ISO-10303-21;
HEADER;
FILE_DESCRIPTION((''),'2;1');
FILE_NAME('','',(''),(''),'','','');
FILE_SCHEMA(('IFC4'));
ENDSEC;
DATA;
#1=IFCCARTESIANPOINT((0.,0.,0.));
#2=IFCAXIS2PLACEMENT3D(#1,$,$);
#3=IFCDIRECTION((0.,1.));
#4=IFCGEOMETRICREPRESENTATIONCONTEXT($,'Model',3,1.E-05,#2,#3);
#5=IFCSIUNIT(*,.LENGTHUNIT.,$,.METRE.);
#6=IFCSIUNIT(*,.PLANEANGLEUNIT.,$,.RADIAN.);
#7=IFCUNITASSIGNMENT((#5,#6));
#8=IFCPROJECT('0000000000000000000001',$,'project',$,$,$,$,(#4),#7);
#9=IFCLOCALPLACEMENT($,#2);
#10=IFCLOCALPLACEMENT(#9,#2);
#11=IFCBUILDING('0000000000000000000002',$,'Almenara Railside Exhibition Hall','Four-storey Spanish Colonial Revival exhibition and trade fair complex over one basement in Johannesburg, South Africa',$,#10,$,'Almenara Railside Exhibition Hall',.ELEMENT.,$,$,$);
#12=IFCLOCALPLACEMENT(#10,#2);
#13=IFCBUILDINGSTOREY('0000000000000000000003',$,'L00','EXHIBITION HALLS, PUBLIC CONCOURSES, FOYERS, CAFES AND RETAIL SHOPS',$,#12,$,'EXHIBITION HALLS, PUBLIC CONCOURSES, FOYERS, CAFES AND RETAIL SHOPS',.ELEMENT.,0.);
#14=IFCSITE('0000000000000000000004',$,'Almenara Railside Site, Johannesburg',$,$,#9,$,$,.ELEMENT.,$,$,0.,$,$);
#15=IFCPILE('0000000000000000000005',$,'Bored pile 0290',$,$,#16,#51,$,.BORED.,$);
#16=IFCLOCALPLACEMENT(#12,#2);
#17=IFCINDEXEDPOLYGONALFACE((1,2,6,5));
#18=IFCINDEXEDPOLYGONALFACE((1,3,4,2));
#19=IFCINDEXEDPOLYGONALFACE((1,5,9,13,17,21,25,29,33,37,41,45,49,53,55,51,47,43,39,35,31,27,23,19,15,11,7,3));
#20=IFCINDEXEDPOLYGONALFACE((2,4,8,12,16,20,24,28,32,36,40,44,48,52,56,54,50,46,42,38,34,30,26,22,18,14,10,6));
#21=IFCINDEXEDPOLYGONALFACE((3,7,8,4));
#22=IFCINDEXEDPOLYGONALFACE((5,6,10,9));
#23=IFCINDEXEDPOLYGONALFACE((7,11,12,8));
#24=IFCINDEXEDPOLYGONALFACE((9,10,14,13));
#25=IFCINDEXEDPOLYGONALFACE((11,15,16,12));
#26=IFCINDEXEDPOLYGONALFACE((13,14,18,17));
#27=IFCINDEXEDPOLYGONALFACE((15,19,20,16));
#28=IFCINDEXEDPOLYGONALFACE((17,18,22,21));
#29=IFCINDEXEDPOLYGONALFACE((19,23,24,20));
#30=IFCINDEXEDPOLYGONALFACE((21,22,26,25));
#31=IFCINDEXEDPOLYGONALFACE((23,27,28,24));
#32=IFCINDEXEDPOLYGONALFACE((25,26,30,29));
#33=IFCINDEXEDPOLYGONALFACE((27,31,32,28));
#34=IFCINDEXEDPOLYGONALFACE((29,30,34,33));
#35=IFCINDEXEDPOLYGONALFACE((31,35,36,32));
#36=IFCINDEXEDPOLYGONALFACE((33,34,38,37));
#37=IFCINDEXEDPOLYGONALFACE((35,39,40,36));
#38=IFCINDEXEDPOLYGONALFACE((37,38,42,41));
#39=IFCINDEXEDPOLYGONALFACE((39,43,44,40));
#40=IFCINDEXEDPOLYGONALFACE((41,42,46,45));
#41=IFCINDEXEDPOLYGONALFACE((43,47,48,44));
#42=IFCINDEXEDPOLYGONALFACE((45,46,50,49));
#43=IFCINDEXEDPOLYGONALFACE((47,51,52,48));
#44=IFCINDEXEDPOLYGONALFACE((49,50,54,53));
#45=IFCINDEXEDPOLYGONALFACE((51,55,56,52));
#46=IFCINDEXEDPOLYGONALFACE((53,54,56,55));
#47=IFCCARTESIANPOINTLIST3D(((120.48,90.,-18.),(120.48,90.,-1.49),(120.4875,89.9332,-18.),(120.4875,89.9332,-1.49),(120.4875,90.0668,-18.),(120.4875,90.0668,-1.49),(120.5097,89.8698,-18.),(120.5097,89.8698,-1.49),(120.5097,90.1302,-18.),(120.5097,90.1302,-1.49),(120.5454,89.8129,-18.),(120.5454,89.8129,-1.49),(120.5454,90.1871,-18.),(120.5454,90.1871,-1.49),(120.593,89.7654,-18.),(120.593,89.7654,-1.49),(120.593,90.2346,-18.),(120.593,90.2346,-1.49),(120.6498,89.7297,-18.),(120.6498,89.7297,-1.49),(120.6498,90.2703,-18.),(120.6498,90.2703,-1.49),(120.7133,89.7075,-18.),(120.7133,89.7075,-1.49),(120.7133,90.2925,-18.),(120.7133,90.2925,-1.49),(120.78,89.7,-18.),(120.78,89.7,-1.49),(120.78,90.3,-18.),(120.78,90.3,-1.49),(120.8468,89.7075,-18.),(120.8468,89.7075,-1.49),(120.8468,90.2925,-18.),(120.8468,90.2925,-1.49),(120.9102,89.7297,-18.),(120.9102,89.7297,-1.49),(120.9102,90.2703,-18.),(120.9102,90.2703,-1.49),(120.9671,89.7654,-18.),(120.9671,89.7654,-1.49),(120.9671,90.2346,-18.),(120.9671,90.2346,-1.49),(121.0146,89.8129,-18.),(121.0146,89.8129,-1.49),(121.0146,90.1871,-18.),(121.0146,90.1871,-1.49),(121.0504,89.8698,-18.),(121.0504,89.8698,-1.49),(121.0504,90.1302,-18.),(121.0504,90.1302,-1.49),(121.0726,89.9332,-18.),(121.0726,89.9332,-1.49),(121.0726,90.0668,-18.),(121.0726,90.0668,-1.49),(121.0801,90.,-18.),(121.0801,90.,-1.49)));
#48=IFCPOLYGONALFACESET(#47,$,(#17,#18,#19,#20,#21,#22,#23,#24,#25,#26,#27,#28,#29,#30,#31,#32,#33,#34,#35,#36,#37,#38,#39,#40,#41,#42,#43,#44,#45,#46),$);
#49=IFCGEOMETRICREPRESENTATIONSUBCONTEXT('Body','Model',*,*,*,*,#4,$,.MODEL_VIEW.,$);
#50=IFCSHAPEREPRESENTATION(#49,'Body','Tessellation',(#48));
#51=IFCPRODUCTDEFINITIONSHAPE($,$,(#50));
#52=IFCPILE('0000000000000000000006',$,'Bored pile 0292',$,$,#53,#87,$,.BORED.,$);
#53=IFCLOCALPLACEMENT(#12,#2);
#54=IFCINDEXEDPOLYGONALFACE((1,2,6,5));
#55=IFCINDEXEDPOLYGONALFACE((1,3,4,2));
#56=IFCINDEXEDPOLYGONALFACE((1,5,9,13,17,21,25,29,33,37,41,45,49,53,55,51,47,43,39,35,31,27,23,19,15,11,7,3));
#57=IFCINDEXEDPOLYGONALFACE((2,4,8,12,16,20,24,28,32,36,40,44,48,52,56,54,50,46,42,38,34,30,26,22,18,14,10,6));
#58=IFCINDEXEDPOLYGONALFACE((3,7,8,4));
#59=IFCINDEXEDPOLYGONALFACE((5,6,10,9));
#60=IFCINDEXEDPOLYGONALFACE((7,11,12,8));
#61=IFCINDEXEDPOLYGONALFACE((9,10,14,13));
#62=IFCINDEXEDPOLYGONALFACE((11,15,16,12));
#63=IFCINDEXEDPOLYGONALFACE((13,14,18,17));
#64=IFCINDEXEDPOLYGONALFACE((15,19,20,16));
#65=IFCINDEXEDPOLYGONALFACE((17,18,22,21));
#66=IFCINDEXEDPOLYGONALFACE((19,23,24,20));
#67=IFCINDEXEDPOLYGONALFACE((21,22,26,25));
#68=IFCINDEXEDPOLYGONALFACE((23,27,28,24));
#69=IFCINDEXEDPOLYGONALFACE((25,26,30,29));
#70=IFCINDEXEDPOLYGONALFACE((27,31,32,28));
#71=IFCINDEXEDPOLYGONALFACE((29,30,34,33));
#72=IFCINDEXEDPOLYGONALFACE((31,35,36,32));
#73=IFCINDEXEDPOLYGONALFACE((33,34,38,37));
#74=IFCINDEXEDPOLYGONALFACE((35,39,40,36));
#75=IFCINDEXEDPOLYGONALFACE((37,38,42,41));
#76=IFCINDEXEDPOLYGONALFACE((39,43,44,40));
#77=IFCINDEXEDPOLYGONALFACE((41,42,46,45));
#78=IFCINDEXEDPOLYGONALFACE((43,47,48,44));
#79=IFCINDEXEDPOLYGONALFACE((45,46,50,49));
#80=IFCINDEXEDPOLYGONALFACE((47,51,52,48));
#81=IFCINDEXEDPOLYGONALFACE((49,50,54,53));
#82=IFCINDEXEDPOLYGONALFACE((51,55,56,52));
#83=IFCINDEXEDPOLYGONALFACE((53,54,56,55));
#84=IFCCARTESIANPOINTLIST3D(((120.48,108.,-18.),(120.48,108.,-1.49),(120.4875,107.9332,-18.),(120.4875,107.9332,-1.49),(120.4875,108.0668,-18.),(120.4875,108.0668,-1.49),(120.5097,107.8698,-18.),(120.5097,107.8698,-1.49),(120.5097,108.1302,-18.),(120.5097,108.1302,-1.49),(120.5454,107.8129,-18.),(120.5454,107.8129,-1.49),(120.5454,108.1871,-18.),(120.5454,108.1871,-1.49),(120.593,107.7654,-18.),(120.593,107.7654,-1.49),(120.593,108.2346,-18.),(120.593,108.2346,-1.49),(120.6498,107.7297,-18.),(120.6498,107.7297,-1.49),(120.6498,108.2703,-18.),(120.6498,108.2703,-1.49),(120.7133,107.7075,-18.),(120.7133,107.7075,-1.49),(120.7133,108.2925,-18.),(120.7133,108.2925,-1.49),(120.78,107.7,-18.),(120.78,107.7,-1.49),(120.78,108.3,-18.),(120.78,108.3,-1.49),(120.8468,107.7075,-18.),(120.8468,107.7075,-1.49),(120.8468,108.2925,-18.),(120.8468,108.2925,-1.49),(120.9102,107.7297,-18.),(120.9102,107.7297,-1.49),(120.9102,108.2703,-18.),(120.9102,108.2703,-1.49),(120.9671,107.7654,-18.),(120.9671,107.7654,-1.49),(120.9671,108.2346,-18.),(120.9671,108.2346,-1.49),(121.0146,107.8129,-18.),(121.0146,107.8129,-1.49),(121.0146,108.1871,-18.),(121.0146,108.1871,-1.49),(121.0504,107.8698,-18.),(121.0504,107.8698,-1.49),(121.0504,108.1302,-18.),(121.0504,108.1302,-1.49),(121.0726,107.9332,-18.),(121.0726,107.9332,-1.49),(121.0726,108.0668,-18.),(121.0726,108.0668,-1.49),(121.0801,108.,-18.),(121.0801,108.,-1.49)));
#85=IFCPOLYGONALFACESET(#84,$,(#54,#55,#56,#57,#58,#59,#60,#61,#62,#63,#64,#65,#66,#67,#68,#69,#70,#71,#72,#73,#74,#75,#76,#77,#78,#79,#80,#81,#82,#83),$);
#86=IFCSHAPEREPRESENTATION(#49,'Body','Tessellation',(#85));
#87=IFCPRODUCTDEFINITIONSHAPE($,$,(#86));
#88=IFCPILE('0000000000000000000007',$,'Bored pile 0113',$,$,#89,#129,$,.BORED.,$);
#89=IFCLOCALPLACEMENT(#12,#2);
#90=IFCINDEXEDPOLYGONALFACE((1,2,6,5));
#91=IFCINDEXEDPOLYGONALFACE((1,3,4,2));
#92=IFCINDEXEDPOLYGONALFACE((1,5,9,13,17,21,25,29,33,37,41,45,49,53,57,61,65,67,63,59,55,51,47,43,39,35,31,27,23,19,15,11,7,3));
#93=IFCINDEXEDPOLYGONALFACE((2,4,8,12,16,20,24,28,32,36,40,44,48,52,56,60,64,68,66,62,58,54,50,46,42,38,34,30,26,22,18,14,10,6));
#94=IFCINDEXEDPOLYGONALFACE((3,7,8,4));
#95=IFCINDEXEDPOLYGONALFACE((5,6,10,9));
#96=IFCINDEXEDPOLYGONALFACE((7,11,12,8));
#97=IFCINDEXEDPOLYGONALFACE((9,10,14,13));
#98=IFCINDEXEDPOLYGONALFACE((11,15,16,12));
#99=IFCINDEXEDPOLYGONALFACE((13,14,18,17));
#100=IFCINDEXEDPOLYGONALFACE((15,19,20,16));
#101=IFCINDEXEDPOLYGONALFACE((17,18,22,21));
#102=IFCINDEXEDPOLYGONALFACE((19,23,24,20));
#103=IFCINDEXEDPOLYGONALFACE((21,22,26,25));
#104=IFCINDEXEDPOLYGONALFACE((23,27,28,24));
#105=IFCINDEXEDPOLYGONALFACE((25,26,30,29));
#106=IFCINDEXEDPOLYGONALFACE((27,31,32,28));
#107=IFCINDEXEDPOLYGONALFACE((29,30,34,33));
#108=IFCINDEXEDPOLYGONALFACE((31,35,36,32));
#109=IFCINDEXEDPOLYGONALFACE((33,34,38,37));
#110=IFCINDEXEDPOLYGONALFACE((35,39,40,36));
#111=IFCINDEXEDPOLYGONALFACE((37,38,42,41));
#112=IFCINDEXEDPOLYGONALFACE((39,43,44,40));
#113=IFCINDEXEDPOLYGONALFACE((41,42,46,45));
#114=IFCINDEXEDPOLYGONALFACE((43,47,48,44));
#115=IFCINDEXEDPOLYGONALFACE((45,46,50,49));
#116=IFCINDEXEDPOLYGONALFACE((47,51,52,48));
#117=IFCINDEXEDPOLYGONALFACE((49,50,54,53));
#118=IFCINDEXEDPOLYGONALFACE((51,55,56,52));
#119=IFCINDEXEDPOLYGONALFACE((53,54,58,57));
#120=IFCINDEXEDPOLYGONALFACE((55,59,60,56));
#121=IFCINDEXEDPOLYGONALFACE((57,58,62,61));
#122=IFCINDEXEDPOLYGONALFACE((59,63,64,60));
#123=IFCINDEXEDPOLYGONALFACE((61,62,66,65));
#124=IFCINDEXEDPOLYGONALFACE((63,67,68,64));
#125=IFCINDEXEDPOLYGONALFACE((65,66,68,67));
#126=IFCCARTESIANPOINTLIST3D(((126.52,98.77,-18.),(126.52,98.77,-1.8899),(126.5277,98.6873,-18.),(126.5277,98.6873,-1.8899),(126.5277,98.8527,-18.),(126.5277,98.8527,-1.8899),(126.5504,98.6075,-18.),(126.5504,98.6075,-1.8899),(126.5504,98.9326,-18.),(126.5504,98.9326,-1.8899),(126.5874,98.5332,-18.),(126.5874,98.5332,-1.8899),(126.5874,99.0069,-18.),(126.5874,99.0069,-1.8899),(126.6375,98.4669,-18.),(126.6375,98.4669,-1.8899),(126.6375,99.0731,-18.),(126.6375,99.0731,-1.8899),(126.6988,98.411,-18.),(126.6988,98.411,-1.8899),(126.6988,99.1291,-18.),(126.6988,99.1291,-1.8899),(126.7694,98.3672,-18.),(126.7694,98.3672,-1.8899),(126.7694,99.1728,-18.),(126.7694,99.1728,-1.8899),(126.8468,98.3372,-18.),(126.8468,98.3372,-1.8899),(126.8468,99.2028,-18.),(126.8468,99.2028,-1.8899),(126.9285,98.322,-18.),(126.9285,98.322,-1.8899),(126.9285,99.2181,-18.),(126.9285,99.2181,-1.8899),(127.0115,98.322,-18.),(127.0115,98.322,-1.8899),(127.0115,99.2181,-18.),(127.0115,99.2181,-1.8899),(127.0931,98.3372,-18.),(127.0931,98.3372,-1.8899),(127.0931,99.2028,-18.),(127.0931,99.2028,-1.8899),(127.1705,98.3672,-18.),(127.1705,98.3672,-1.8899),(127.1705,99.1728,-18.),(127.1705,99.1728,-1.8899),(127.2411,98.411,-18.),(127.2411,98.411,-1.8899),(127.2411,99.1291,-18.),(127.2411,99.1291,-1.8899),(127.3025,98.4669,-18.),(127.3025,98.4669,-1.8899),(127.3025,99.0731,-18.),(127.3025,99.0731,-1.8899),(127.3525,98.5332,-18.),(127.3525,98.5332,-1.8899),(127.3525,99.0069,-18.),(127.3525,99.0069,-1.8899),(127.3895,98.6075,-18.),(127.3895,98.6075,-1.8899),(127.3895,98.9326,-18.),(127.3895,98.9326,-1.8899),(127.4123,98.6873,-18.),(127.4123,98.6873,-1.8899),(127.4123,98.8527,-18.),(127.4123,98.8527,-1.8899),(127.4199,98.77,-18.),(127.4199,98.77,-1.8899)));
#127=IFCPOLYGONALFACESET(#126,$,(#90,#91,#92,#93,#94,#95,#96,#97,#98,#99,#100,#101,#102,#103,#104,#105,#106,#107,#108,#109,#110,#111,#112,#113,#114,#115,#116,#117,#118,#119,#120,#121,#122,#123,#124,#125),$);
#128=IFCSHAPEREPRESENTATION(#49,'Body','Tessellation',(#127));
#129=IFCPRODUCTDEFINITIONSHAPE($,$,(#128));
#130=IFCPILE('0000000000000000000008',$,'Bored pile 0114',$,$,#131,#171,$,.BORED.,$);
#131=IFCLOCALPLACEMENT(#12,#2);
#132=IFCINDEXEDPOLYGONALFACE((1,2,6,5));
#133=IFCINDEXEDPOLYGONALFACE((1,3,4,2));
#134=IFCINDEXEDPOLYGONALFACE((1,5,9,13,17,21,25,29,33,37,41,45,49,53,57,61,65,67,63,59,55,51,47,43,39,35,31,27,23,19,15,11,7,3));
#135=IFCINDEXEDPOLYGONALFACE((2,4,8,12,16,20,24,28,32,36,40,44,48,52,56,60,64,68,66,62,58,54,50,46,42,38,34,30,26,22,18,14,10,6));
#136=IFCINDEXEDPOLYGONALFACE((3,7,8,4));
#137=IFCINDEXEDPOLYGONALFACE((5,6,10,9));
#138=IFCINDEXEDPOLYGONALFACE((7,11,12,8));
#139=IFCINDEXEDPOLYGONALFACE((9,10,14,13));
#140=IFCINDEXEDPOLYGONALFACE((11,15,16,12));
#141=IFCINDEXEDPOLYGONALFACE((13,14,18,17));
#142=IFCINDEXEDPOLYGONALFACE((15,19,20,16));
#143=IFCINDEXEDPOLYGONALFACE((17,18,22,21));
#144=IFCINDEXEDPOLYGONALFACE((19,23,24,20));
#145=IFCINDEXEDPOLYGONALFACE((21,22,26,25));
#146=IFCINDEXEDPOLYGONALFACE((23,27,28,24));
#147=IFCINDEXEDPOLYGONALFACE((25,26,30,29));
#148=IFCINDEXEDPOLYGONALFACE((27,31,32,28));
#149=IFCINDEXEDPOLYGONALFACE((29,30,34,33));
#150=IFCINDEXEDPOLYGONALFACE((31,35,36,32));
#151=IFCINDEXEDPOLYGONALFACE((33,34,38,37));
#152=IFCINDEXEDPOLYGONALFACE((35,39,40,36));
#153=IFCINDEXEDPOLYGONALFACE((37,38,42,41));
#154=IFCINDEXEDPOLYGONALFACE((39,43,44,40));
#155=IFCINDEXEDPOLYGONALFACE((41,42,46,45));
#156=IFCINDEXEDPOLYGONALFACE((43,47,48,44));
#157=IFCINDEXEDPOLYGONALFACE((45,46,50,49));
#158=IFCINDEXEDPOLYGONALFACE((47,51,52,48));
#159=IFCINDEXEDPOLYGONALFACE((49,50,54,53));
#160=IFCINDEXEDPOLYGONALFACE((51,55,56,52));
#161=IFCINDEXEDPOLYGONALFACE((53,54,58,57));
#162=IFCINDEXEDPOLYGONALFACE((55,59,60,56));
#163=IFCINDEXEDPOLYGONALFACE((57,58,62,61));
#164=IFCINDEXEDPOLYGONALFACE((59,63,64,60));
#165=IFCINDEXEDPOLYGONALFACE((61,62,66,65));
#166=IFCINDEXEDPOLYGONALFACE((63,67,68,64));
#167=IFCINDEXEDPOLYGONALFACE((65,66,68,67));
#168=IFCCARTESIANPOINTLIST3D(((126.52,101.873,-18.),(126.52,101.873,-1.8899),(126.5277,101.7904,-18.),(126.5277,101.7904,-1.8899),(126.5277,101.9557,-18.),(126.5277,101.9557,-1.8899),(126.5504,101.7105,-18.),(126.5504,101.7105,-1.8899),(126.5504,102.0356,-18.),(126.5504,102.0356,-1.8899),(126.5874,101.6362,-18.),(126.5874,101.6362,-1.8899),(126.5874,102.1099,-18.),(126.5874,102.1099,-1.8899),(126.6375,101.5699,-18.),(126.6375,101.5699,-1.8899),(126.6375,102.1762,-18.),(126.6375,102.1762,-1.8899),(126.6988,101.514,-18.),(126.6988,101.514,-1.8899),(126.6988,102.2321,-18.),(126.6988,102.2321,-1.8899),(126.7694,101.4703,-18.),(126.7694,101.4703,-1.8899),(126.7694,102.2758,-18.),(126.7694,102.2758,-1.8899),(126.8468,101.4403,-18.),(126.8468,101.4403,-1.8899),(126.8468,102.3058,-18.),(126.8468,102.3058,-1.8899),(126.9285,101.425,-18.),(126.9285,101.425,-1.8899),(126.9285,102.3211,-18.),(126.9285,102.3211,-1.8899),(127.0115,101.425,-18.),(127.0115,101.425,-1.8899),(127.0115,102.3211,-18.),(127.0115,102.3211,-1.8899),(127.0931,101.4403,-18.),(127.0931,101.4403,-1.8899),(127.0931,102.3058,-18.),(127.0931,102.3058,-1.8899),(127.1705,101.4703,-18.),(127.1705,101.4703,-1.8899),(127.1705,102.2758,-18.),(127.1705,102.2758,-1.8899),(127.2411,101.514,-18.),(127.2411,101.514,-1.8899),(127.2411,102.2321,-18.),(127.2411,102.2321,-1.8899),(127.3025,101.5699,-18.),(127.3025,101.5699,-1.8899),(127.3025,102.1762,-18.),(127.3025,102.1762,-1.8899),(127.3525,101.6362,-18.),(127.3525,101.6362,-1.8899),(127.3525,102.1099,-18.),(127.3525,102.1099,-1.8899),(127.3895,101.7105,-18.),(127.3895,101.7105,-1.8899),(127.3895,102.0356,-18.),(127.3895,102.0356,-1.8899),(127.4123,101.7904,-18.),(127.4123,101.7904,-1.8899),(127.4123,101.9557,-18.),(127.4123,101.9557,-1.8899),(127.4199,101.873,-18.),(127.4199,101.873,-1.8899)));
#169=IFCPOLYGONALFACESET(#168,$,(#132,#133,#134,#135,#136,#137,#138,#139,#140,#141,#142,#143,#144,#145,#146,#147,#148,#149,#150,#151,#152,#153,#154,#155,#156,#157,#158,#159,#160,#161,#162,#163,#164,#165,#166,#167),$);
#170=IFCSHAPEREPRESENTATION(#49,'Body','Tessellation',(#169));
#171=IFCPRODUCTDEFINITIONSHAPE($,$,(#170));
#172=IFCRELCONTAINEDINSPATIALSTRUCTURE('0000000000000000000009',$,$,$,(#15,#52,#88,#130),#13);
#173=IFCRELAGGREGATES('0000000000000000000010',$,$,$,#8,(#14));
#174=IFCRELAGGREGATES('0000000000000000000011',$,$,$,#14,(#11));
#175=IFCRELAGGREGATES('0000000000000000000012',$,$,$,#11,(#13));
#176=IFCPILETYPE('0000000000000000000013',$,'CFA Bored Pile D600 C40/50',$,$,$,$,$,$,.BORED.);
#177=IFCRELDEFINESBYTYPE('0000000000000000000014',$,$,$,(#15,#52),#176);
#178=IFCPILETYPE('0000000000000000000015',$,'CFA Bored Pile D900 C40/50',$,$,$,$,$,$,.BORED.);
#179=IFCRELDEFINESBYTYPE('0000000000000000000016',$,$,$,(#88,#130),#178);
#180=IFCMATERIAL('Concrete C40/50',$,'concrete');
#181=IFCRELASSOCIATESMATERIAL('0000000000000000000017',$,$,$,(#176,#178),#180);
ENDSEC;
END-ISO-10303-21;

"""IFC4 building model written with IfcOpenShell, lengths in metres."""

from ifc_helpers import new_model, si_unit, direction, frame, origin, origin_2d, place, context, subcontext, project, spatial, circle, extrude, material, material_profile, profile_set, type_object, element, save


model = new_model("IFC4")

# Units and contexts
model_context = context("Model", 3, precision=1e-05, world=origin(), true_north=direction((0.0, 1.0)))
body_context = subcontext(model_context, "Body", "Model", "MODEL_VIEW")
ifc_project = project(units=[si_unit("LENGTHUNIT", "METRE"), si_unit("PLANEANGLEUNIT", "RADIAN")], contexts=[model_context])

# Site, building, storey
site_placement = place(None, origin())
site = spatial("IfcSite", under=ifc_project, at=site_placement, Name="Almenara Railside Site, Johannesburg", CompositionType="ELEMENT", RefElevation=0.0)
building_placement = place(site_placement, origin())
building = spatial("IfcBuilding", under=site, at=building_placement, Name="Almenara Railside Exhibition Hall", Description="Four-storey Spanish Colonial Revival exhibition and trade fair complex over one basement in Johannesburg, South Africa", LongName="Almenara Railside Exhibition Hall", CompositionType="ELEMENT")
storey_placement = place(building_placement, origin())
storey = spatial("IfcBuildingStorey", under=building, at=storey_placement, Name="L00", Description="EXHIBITION HALLS, PUBLIC CONCOURSES, FOYERS, CAFES AND RETAIL SHOPS", LongName="EXHIBITION HALLS, PUBLIC CONCOURSES, FOYERS, CAFES AND RETAIL SHOPS", CompositionType="ELEMENT", Elevation=0.0)

# Piles
ifc_material_1 = material(Name="Concrete C40/50", Category="concrete")
ifc_material_profile_1 = material_profile(ifc_material_1, circle(Radius=0.3, at=origin_2d()), Name="CFA-PILE D600")
ifc_profile_set_1 = profile_set([ifc_material_profile_1], Name="Concrete C40/50")
pile_type_1 = type_object("IfcPileType", Name="CFA Bored Pile D600 C40/50", PredefinedType="BORED", material=ifc_profile_set_1)
for number, where, z_axis, x_axis, name in (
    (1, (120.78, 90.0, -1.49), (0.0, 0.0, -1.0), (1.0, 0.0, 0.0), "Bored pile 0290"),
    (2, (120.78, 108.0, -1.49), (0.0, 0.0, -1.0), (1.0, 0.0, 0.0), "Bored pile 0292"),
):
    element("IfcPile", number, at=place(storey_placement, frame(where, z_axis=z_axis, x_axis=x_axis)), inside=storey, type_object=pile_type_1, Name=name, PredefinedType="BORED", context=body_context, shape_type="SweptSolid", body=[
        extrude(circle(Radius=0.3, at=origin_2d()), origin(), (0.0, 0.0, 1.0), 16.51),
    ])
ifc_material_profile_2 = material_profile(ifc_material_1, circle(Radius=0.45, at=origin_2d()), Name="CFA-PILE D900")
ifc_profile_set_2 = profile_set([ifc_material_profile_2], Name="Concrete C40/50")
pile_type_2 = type_object("IfcPileType", Name="CFA Bored Pile D900 C40/50", PredefinedType="BORED", material=ifc_profile_set_2)
for number, where, z_axis, x_axis, name in (
    (3, (126.97, 98.77, -1.8899), (0.0, 0.0, -1.0), (1.0, 0.0, 0.0), "Bored pile 0113"),
    (4, (126.97, 101.873, -1.8899), (0.0, 0.0, -1.0), (1.0, 0.0, 0.0), "Bored pile 0114"),
):
    element("IfcPile", number, at=place(storey_placement, frame(where, z_axis=z_axis, x_axis=x_axis)), inside=storey, type_object=pile_type_2, Name=name, PredefinedType="BORED", context=body_context, shape_type="SweptSolid", body=[
        extrude(circle(Radius=0.45, at=origin_2d()), origin(), (0.0, 0.0, 1.0), 16.1101),
    ])

save(model, "model.ifc")
